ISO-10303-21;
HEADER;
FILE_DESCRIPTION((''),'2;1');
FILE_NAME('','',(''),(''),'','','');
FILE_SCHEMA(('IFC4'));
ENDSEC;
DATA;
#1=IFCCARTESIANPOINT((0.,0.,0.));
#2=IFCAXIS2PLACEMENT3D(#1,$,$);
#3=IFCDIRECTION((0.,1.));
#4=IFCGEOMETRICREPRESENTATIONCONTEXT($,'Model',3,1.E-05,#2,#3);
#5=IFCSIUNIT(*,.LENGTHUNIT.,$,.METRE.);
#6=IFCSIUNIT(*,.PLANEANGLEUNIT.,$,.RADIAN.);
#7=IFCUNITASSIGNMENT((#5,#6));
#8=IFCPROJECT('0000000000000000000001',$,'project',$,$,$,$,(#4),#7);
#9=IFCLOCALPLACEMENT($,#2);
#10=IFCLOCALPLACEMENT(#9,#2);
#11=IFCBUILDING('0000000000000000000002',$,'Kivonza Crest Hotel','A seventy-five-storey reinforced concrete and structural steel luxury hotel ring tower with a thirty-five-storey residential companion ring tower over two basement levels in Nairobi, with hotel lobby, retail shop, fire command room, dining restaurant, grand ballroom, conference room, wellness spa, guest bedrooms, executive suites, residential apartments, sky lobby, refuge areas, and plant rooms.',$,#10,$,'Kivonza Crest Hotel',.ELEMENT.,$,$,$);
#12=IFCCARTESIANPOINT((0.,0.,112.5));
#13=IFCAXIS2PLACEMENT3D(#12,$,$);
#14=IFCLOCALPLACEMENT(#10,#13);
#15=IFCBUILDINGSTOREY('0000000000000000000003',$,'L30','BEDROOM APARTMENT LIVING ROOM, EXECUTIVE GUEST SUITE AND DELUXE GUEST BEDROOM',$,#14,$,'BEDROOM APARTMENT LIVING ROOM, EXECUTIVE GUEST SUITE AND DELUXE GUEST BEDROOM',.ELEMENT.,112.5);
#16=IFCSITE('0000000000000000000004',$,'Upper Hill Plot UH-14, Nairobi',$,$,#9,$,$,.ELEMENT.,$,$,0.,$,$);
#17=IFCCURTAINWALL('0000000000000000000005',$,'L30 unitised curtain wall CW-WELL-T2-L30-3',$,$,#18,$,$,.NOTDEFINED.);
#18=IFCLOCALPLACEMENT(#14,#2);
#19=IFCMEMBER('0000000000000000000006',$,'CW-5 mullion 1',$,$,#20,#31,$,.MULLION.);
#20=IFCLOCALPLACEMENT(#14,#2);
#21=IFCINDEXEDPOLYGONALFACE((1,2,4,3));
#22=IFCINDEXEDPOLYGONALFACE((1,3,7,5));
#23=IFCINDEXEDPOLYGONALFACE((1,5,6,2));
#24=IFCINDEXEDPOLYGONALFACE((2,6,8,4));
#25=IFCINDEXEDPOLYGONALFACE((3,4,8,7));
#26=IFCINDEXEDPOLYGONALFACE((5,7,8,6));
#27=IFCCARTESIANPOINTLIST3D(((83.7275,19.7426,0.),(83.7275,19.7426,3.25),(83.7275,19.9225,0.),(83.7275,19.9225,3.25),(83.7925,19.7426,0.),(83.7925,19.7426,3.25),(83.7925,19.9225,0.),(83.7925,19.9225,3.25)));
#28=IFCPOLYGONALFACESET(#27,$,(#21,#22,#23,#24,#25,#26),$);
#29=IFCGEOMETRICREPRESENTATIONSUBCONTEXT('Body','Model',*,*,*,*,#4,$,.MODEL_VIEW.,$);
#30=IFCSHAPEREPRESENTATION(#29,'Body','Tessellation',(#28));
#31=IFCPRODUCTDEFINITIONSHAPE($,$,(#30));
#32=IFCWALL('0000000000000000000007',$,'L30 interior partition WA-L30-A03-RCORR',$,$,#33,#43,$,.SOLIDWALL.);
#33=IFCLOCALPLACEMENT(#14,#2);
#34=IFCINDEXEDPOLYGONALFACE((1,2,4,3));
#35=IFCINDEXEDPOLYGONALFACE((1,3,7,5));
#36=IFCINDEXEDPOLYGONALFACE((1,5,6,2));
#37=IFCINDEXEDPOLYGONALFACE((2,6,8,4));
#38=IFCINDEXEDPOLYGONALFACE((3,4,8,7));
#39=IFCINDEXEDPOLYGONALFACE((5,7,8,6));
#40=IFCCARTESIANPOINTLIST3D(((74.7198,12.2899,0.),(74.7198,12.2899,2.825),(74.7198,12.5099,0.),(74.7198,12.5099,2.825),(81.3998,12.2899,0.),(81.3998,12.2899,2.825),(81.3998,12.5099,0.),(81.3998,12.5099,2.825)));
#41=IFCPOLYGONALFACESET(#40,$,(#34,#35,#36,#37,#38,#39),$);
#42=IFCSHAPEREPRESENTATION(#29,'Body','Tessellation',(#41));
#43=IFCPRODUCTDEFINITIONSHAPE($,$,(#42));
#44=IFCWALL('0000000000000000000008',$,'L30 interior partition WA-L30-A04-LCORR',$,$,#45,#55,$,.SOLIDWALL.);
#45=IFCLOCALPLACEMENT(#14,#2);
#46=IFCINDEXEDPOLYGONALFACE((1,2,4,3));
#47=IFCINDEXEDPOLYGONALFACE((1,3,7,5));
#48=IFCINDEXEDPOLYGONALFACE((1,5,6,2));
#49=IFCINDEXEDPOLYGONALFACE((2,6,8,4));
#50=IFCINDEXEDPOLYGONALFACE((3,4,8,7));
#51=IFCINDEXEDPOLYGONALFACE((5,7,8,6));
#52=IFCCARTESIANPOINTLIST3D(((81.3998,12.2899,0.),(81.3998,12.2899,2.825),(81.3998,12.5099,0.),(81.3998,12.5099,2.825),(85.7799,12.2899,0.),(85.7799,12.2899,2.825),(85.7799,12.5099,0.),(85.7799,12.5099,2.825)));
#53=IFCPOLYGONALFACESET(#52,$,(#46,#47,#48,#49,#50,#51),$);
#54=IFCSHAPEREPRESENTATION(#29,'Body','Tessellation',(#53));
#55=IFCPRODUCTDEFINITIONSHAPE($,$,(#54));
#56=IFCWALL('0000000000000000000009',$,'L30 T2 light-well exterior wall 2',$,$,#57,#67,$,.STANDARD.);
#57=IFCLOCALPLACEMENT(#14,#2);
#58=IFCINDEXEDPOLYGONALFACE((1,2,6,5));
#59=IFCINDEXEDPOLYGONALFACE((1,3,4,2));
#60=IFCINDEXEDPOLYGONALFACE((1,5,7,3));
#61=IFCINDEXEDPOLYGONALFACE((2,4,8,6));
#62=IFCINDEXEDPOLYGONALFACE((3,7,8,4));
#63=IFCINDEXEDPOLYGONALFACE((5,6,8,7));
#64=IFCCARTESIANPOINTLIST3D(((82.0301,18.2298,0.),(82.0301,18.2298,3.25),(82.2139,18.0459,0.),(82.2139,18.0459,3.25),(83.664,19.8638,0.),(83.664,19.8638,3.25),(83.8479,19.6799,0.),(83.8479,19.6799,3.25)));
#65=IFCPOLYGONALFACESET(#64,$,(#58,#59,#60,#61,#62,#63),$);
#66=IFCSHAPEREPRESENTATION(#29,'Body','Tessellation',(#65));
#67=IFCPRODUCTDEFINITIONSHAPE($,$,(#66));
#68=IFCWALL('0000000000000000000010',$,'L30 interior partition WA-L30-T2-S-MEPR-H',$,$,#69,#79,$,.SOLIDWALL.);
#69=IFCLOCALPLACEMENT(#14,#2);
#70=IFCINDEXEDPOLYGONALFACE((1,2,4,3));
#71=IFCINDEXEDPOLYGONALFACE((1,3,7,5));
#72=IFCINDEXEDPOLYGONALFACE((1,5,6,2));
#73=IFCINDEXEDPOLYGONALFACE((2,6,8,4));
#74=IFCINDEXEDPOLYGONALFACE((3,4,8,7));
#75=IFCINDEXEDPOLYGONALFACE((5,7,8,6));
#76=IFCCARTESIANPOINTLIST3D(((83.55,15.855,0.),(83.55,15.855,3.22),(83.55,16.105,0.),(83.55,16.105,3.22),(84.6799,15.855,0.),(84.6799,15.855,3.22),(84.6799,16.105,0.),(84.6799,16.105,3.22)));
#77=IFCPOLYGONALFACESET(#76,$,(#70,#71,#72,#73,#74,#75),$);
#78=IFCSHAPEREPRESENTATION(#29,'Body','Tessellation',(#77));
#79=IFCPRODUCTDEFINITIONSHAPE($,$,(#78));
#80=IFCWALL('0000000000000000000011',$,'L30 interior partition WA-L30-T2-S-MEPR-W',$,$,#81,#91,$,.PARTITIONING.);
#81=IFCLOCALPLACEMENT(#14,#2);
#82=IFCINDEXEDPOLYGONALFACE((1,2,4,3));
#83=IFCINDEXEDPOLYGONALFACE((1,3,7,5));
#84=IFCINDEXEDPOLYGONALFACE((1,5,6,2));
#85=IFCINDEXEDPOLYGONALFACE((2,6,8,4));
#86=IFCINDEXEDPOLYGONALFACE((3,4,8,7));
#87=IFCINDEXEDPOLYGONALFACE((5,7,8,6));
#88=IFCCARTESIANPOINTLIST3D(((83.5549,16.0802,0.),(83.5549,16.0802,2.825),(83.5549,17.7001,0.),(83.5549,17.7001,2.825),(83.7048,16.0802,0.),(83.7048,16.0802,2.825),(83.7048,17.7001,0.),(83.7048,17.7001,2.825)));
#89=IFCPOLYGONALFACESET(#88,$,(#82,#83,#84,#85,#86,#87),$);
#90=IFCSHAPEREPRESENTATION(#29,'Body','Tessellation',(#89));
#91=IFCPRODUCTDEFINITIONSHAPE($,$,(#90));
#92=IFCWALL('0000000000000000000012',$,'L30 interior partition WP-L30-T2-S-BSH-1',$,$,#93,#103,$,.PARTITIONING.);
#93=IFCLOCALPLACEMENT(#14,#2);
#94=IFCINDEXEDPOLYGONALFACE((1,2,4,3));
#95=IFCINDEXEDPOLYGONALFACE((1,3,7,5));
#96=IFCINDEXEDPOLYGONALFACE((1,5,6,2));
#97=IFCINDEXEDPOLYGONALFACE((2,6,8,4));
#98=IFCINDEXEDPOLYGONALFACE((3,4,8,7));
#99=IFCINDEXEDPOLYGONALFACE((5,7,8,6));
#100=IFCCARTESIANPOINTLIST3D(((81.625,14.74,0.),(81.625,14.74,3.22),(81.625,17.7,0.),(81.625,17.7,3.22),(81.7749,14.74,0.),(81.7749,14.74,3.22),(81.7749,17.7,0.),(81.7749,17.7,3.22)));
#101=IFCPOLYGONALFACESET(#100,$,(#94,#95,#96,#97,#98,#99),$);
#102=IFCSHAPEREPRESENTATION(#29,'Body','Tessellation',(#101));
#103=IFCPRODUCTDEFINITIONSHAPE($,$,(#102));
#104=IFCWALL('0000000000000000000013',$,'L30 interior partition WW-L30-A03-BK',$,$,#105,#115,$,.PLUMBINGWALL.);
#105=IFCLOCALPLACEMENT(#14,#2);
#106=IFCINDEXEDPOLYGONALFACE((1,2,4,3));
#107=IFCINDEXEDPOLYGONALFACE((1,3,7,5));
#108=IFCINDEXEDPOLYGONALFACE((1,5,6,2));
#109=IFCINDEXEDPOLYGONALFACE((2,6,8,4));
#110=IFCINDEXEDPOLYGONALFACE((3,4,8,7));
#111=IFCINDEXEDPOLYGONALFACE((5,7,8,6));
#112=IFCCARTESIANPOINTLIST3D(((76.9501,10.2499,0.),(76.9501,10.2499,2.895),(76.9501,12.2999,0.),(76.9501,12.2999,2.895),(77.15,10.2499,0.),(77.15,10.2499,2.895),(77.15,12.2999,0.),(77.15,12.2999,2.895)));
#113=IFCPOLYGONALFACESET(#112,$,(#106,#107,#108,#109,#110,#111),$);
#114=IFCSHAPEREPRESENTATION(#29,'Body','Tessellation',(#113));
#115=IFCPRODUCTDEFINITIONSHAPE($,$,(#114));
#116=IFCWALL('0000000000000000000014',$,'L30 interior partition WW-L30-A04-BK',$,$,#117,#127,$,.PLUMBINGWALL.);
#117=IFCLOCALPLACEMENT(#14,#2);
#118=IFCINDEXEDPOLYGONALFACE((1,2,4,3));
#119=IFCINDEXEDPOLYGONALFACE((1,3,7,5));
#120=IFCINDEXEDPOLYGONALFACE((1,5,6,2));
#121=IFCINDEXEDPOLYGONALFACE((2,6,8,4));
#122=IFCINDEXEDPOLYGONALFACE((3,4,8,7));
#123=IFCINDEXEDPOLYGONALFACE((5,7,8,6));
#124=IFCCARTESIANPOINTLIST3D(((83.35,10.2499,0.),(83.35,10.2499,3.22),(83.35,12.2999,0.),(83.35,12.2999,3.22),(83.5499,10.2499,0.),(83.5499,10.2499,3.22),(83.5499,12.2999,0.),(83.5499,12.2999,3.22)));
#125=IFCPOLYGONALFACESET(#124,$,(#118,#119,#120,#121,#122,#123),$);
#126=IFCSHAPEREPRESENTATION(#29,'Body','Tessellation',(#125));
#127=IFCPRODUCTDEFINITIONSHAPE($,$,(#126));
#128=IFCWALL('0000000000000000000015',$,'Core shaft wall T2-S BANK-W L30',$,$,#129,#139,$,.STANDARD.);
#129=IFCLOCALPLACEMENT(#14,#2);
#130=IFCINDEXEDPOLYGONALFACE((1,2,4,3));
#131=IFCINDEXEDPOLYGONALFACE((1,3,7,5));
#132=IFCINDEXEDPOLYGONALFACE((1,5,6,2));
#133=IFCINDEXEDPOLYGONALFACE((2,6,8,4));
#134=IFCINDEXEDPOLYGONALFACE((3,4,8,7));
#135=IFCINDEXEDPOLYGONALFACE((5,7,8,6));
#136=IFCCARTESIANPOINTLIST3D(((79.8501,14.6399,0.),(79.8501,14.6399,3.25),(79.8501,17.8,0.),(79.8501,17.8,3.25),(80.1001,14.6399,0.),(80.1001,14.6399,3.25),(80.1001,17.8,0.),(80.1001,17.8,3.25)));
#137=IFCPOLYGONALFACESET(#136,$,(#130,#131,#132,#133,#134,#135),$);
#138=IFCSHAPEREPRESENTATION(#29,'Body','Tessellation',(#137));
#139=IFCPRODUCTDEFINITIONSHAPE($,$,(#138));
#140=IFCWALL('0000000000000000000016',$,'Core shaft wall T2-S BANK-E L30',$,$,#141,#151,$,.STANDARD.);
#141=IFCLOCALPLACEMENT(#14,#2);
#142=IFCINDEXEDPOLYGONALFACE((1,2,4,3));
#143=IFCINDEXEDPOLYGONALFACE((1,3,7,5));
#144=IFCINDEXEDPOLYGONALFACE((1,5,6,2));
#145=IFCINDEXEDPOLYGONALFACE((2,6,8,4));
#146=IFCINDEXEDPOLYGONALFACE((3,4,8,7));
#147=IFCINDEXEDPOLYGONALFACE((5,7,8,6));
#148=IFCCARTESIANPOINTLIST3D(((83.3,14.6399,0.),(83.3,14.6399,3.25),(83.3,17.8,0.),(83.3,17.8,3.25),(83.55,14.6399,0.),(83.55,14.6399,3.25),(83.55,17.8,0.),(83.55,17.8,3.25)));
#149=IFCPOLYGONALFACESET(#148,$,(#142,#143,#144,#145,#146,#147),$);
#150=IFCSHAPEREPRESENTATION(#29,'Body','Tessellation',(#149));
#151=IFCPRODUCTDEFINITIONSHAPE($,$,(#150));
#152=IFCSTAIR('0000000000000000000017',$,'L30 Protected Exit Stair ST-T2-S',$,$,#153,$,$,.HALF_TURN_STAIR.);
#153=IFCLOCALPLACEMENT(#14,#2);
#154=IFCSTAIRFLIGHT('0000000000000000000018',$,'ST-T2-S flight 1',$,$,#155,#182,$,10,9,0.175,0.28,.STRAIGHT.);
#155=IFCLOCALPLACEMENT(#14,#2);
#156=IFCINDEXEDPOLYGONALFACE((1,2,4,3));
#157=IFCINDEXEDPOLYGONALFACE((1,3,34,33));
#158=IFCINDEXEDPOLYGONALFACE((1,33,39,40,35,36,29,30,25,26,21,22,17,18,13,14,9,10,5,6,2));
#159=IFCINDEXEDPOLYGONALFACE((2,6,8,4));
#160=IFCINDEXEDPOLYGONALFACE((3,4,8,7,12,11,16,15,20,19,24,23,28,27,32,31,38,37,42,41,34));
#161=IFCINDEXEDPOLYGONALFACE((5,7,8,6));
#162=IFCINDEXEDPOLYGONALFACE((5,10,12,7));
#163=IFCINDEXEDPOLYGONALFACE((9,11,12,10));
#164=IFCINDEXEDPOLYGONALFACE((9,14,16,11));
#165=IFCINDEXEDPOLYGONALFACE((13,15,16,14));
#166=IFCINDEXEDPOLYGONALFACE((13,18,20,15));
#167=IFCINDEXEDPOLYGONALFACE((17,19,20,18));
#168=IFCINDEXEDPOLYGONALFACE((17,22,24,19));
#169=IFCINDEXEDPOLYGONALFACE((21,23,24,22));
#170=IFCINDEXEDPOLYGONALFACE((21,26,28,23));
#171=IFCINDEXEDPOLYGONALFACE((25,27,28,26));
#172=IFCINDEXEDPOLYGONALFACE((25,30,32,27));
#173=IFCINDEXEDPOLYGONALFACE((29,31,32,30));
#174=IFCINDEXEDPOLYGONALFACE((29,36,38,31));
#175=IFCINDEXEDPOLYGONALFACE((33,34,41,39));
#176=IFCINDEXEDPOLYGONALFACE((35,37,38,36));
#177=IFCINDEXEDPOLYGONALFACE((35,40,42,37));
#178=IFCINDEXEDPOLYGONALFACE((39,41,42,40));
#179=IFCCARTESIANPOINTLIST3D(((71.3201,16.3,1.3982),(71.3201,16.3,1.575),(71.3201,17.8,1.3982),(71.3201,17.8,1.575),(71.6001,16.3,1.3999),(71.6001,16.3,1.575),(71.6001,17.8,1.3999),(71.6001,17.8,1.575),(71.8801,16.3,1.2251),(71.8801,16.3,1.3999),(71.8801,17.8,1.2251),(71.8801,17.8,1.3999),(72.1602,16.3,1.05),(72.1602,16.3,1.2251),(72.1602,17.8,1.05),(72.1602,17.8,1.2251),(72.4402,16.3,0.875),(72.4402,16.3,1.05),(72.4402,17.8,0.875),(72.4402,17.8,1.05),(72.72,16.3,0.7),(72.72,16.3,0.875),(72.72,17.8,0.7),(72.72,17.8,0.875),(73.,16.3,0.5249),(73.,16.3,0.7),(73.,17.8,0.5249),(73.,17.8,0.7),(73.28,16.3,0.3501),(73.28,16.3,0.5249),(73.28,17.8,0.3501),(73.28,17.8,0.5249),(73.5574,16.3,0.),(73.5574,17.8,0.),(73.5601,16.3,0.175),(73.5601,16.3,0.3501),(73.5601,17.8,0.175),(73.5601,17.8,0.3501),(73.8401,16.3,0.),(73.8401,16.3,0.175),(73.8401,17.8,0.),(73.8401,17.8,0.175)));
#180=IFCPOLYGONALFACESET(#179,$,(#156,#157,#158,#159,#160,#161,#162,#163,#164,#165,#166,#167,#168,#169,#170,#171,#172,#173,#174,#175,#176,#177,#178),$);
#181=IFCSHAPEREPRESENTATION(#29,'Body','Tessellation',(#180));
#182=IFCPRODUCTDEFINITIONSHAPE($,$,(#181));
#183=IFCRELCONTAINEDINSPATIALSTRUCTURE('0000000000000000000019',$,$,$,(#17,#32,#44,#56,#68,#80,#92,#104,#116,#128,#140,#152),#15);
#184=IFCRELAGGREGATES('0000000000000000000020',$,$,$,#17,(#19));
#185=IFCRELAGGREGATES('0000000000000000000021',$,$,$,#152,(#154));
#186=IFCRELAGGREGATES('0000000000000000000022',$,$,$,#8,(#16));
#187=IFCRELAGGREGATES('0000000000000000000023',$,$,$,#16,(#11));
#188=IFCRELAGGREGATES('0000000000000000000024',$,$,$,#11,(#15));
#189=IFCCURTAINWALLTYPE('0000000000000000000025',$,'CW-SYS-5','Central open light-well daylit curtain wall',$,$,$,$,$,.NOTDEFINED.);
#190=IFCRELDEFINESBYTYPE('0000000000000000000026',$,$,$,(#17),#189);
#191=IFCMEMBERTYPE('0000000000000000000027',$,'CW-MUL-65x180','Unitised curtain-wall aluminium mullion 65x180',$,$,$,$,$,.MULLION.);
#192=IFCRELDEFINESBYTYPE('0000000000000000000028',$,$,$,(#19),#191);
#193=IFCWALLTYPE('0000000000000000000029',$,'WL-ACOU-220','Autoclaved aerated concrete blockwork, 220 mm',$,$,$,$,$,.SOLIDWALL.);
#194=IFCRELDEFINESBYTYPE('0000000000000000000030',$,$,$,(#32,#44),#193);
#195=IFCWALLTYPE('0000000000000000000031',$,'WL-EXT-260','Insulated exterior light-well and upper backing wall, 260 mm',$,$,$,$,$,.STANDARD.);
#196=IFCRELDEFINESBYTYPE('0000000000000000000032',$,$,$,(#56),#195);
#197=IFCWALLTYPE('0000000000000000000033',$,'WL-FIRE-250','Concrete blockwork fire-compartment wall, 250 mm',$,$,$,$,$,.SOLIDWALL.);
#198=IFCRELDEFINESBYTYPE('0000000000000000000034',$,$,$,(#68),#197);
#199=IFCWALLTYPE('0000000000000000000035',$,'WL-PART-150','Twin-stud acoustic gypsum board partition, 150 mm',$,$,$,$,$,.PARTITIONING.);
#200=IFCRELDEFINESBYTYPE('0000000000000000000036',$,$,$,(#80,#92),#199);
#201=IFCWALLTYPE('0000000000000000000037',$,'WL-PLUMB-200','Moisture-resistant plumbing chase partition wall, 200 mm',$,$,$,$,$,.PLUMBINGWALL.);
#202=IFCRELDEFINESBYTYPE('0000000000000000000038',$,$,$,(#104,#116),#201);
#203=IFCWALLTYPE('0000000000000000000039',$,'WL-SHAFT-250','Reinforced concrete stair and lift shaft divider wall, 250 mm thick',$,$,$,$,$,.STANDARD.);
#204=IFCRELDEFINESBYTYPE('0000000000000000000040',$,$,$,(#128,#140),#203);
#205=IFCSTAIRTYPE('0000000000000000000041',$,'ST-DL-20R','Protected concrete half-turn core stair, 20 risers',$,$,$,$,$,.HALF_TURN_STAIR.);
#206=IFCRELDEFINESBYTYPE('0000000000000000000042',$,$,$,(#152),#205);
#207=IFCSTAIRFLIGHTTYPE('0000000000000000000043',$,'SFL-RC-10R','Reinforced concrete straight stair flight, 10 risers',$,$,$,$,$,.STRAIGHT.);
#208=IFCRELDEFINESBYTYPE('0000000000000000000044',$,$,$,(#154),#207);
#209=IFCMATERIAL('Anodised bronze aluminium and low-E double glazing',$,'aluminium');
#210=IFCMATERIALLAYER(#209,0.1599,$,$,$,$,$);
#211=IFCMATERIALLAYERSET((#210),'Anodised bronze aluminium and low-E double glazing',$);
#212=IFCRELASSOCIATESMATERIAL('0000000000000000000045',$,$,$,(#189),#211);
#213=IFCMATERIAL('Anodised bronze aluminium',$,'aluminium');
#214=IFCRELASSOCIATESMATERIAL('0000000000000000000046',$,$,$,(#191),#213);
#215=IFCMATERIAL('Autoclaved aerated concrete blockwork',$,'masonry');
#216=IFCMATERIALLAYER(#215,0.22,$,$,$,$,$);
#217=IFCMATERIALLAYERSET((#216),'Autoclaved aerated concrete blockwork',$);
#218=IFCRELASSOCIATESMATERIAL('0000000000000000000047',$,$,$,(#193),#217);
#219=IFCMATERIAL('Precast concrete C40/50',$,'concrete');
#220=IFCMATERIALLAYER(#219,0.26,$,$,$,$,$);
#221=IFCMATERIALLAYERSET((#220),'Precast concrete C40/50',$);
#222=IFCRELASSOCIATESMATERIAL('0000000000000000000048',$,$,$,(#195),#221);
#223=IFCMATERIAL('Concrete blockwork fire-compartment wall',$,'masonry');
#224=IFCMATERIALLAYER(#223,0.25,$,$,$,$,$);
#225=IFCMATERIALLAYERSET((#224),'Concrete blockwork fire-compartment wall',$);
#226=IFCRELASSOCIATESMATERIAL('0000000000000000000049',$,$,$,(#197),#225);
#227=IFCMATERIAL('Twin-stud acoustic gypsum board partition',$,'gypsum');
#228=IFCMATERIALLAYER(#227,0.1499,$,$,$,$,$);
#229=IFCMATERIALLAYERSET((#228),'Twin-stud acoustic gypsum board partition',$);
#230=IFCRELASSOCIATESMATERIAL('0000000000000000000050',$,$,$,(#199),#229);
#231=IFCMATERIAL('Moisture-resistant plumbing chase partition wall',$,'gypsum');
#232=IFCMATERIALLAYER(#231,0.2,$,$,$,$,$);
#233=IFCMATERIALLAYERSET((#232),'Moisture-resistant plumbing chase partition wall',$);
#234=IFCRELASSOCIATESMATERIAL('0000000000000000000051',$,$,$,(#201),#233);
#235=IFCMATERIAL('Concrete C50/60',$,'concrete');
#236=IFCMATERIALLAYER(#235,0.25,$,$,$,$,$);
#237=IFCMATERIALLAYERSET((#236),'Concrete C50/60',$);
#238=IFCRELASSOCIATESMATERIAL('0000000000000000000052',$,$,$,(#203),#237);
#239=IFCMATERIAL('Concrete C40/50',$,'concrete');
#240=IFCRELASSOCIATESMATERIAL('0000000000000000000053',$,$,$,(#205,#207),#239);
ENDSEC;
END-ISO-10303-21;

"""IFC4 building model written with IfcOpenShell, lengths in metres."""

from ifc_helpers import new_model, si_unit, direction, frame, frame_2d, origin, origin_2d, place, context, subcontext, project, spatial, polyline, rectangle, outline, extrude, material, layer, layer_set, material_profile, profile_set, type_object, element, aggregate, save


model = new_model("IFC4")

# Units and contexts
model_context = context("Model", 3, precision=1e-05, world=origin(), true_north=direction((0.0, 1.0)))
body_context = subcontext(model_context, "Body", "Model", "MODEL_VIEW")
ifc_project = project(units=[si_unit("LENGTHUNIT", "METRE"), si_unit("PLANEANGLEUNIT", "RADIAN")], contexts=[model_context])

# Site, building, storey
site_placement = place(None, origin())
site = spatial("IfcSite", under=ifc_project, at=site_placement, Name="Upper Hill Plot UH-14, Nairobi", CompositionType="ELEMENT", RefElevation=0.0)
building_placement = place(site_placement, origin())
building = spatial("IfcBuilding", under=site, at=building_placement, Name="Kivonza Crest Hotel", Description="A seventy-five-storey reinforced concrete and structural steel luxury hotel ring tower with a thirty-five-storey residential companion ring tower over two basement levels in Nairobi, with hotel lobby, retail shop, fire command room, dining restaurant, grand ballroom, conference room, wellness spa, guest bedrooms, executive suites, residential apartments, sky lobby, refuge areas, and plant rooms.", LongName="Kivonza Crest Hotel", CompositionType="ELEMENT")
storey_placement = place(building_placement, frame((0.0, 0.0, 112.5)))
storey = spatial("IfcBuildingStorey", under=building, at=storey_placement, Name="L30", Description="BEDROOM APARTMENT LIVING ROOM, EXECUTIVE GUEST SUITE AND DELUXE GUEST BEDROOM", LongName="BEDROOM APARTMENT LIVING ROOM, EXECUTIVE GUEST SUITE AND DELUXE GUEST BEDROOM", CompositionType="ELEMENT", Elevation=112.5)

# Curtain wall, member
ifc_material_1 = material(Name="Anodised bronze aluminium and low-E double glazing", Category="aluminium")
ifc_layer_1 = layer(ifc_material_1, 0.1599)
ifc_layer_set_1 = layer_set([ifc_layer_1], Name="Anodised bronze aluminium and low-E double glazing")
curtain_wall_type = type_object("IfcCurtainWallType", Name="CW-SYS-5", Description="Central open light-well daylit curtain wall", PredefinedType="NOTDEFINED", material=ifc_layer_set_1)
curtain_wall_placement = place(storey_placement, origin())
curtain_wall = element("IfcCurtainWall", 1, at=curtain_wall_placement, inside=storey, type_object=curtain_wall_type, Name="L30 unitised curtain wall CW-WELL-T2-L30-3", PredefinedType="NOTDEFINED")
ifc_material_2 = material(Name="Anodised bronze aluminium", Category="aluminium")
ifc_material_profile = material_profile(ifc_material_2, rectangle(XDim=0.0649, YDim=0.1799, at=origin_2d()), Name="CW-M 65x180")
ifc_profile_set = profile_set([ifc_material_profile], Name="Anodised bronze aluminium")
member_type = type_object("IfcMemberType", Name="CW-MUL-65x180", Description="Unitised curtain-wall aluminium mullion 65x180", PredefinedType="MULLION", material=ifc_profile_set)
member_placement = place(storey_placement, frame((83.76, 19.8325, 0.0), z_axis=(0.0, 0.0, 1.0), x_axis=(-1.0, 0.0, 0.0)))
member = element("IfcMember", 2, at=member_placement, type_object=member_type, Name="CW-5 mullion 1", PredefinedType="MULLION", context=body_context, shape_type="SweptSolid", body=[
    extrude(rectangle(XDim=0.0649, YDim=0.1799, at=origin_2d()), origin(), (0.0, 0.0, 1.0), 3.25),
])
aggregate(curtain_wall, [member])

# Walls
ifc_material_3 = material(Name="Autoclaved aerated concrete blockwork", Category="masonry")
ifc_layer_2 = layer(ifc_material_3, 0.22)
ifc_layer_set_2 = layer_set([ifc_layer_2], Name="Autoclaved aerated concrete blockwork")
wall_type_1 = type_object("IfcWallType", Name="WL-ACOU-220", Description="Autoclaved aerated concrete blockwork, 220 mm", PredefinedType="SOLIDWALL", material=ifc_layer_set_2)
wall_1_placement = place(storey_placement, frame((74.72, 12.3999, 0.0), z_axis=(0.0, 0.0, 1.0), x_axis=(1.0, 0.0, 0.0)))
element("IfcWall", 3, at=wall_1_placement, inside=storey, type_object=wall_type_1, Name="L30 interior partition WA-L30-A03-RCORR", PredefinedType="SOLIDWALL", context=body_context, shape_type="SweptSolid", body=[
    extrude(rectangle(XDim=6.6799, YDim=0.22, at=frame_2d((3.3398, 0.0))), origin(), (0.0, 0.0, 1.0), 2.825),
])
wall_2_placement = place(storey_placement, frame((81.3999, 12.3999, 0.0), z_axis=(0.0, 0.0, 1.0), x_axis=(1.0, 0.0, 0.0)))
element("IfcWall", 4, at=wall_2_placement, inside=storey, type_object=wall_type_1, Name="L30 interior partition WA-L30-A04-LCORR", PredefinedType="SOLIDWALL", context=body_context, shape_type="SweptSolid", body=[
    extrude(rectangle(XDim=4.3801, YDim=0.22, at=frame_2d((2.1899, 0.0))), origin(), (0.0, 0.0, 1.0), 2.825),
])
ifc_material_4 = material(Name="Precast concrete C40/50", Category="concrete")
ifc_layer_3 = layer(ifc_material_4, 0.26)
ifc_layer_set_3 = layer_set([ifc_layer_3], Name="Precast concrete C40/50")
wall_type_2 = type_object("IfcWallType", Name="WL-EXT-260", Description="Insulated exterior light-well and upper backing wall, 260 mm", PredefinedType="STANDARD", material=ifc_layer_set_3)
wall_3_placement = place(storey_placement, frame((82.1221, 18.1379, 0.0), z_axis=(0.0, 0.0, 1.0), x_axis=(0.707107, 0.707107, 0.0)))
element("IfcWall", 5, at=wall_3_placement, inside=storey, type_object=wall_type_2, Name="L30 T2 light-well exterior wall 2", PredefinedType="STANDARD", context=body_context, shape_type="SweptSolid", body=[
    extrude(rectangle(XDim=2.3108, YDim=0.26, at=frame_2d((1.1553, 0.0))), origin(), (0.0, 0.0, 1.0), 3.25),
])
ifc_material_5 = material(Name="Concrete blockwork fire-compartment wall", Category="masonry")
ifc_layer_4 = layer(ifc_material_5, 0.25)
ifc_layer_set_4 = layer_set([ifc_layer_4], Name="Concrete blockwork fire-compartment wall")
wall_type_3 = type_object("IfcWallType", Name="WL-FIRE-250", Description="Concrete blockwork fire-compartment wall, 250 mm", PredefinedType="SOLIDWALL", material=ifc_layer_set_4)
wall_4_placement = place(storey_placement, frame((83.55, 15.98, 0.0), z_axis=(0.0, 0.0, 1.0), x_axis=(1.0, 0.0, 0.0)))
element("IfcWall", 6, at=wall_4_placement, inside=storey, type_object=wall_type_3, Name="L30 interior partition WA-L30-T2-S-MEPR-H", PredefinedType="SOLIDWALL", context=body_context, shape_type="SweptSolid", body=[
    extrude(rectangle(XDim=1.1299, YDim=0.25, at=frame_2d((0.5649, 0.0))), origin(), (0.0, 0.0, 1.0), 3.22),
])
ifc_material_6 = material(Name="Twin-stud acoustic gypsum board partition", Category="gypsum")
ifc_layer_5 = layer(ifc_material_6, 0.1499)
ifc_layer_set_5 = layer_set([ifc_layer_5], Name="Twin-stud acoustic gypsum board partition")
wall_type_4 = type_object("IfcWallType", Name="WL-PART-150", Description="Twin-stud acoustic gypsum board partition, 150 mm", PredefinedType="PARTITIONING", material=ifc_layer_set_5)
wall_5_placement = place(storey_placement, frame((83.6299, 16.0801, 0.0), z_axis=(0.0, 0.0, 1.0), x_axis=(0.0, 1.0, 0.0)))
element("IfcWall", 7, at=wall_5_placement, inside=storey, type_object=wall_type_4, Name="L30 interior partition WA-L30-T2-S-MEPR-W", PredefinedType="PARTITIONING", context=body_context, shape_type="SweptSolid", body=[
    extrude(rectangle(XDim=1.6199, YDim=0.1499, at=frame_2d((0.8101, 0.0))), origin(), (0.0, 0.0, 1.0), 2.825),
])
wall_6_placement = place(storey_placement, frame((81.7, 14.74, 0.0), z_axis=(0.0, 0.0, 1.0), x_axis=(0.0, 1.0, 0.0)))
element("IfcWall", 8, at=wall_6_placement, inside=storey, type_object=wall_type_4, Name="L30 interior partition WP-L30-T2-S-BSH-1", PredefinedType="PARTITIONING", context=body_context, shape_type="SweptSolid", body=[
    extrude(rectangle(XDim=2.96, YDim=0.1499, at=frame_2d((1.48, 0.0))), origin(), (0.0, 0.0, 1.0), 3.22),
])
ifc_material_7 = material(Name="Moisture-resistant plumbing chase partition wall", Category="gypsum")
ifc_layer_6 = layer(ifc_material_7, 0.2)
ifc_layer_set_6 = layer_set([ifc_layer_6], Name="Moisture-resistant plumbing chase partition wall")
wall_type_5 = type_object("IfcWallType", Name="WL-PLUMB-200", Description="Moisture-resistant plumbing chase partition wall, 200 mm", PredefinedType="PLUMBINGWALL", material=ifc_layer_set_6)
wall_7_placement = place(storey_placement, frame((77.05, 10.25, 0.0), z_axis=(0.0, 0.0, 1.0), x_axis=(0.0, 1.0, 0.0)))
element("IfcWall", 9, at=wall_7_placement, inside=storey, type_object=wall_type_5, Name="L30 interior partition WW-L30-A03-BK", PredefinedType="PLUMBINGWALL", context=body_context, shape_type="SweptSolid", body=[
    extrude(rectangle(XDim=2.05, YDim=0.2, at=frame_2d((1.0249, 0.0))), origin(), (0.0, 0.0, 1.0), 2.895),
])
wall_8_placement = place(storey_placement, frame((83.45, 10.25, 0.0), z_axis=(0.0, 0.0, 1.0), x_axis=(0.0, 1.0, 0.0)))
element("IfcWall", 10, at=wall_8_placement, inside=storey, type_object=wall_type_5, Name="L30 interior partition WW-L30-A04-BK", PredefinedType="PLUMBINGWALL", context=body_context, shape_type="SweptSolid", body=[
    extrude(rectangle(XDim=2.05, YDim=0.2, at=frame_2d((1.0249, 0.0))), origin(), (0.0, 0.0, 1.0), 3.22),
])

# Shared definitions
ifc_material_8 = material(Name="Concrete C50/60", Category="concrete")
ifc_layer_7 = layer(ifc_material_8, 0.25)
ifc_layer_set_7 = layer_set([ifc_layer_7], Name="Concrete C50/60")
wall_type_6 = type_object("IfcWallType", Name="WL-SHAFT-250", Description="Reinforced concrete stair and lift shaft divider wall, 250 mm thick", PredefinedType="STANDARD", material=ifc_layer_set_7)

# Walls
for number, where, z_axis, x_axis, name in (
    (11, (79.9751, 14.6399, 0.0), (0.0, 0.0, 1.0), (0.0, 1.0, 0.0), "Core shaft wall T2-S BANK-W L30"),
    (12, (83.425, 14.6399, 0.0), (0.0, 0.0, 1.0), (0.0, 1.0, 0.0), "Core shaft wall T2-S BANK-E L30"),
):
    element("IfcWall", number, at=place(storey_placement, frame(where, z_axis=z_axis, x_axis=x_axis)), inside=storey, type_object=wall_type_6, Name=name, PredefinedType="STANDARD", context=body_context, shape_type="SweptSolid", body=[
        extrude(rectangle(XDim=3.1602, YDim=0.25, at=frame_2d((1.5801, 0.0))), origin(), (0.0, 0.0, 1.0), 3.25),
    ])

# Stair, stair flight
ifc_material_9 = material(Name="Concrete C40/50", Category="concrete")
stair_type = type_object("IfcStairType", Name="ST-DL-20R", Description="Protected concrete half-turn core stair, 20 risers", PredefinedType="HALF_TURN_STAIR", material=ifc_material_9)
stair_placement = place(storey_placement, origin())
stair = element("IfcStair", 13, at=stair_placement, inside=storey, type_object=stair_type, Name="L30 Protected Exit Stair ST-T2-S", PredefinedType="HALF_TURN_STAIR")
stair_flight_type = type_object("IfcStairFlightType", Name="SFL-RC-10R", Description="Reinforced concrete straight stair flight, 10 risers", PredefinedType="STRAIGHT", material=ifc_material_9)
stair_flight_placement = place(storey_placement, frame((73.8401, 17.05, 0.0), z_axis=(0.0, 0.0, 1.0), x_axis=(-1.0, 0.0, 0.0)))
stair_flight = element("IfcStairFlight", 14, at=stair_flight_placement, type_object=stair_flight_type, Name="ST-T2-S flight 1", NumberOfRisers=10, NumberOfTreads=9, PredefinedType="STRAIGHT", RiserHeight=0.175, TreadLength=0.28, context=body_context, shape_type="SweptSolid", body=[
    extrude(outline(polyline([(0.0, 0.0), (0.0, 0.175), (0.28, 0.175), (0.28, 0.3501), (0.5601, 0.3501), (0.5601, 0.5249), (0.8401, 0.5249), (0.8401, 0.7), (1.1201, 0.7), (1.1201, 0.875), (1.3999, 0.875), (1.3999, 1.05), (1.6799, 1.05), (1.6799, 1.2251), (1.96, 1.2251), (1.96, 1.3999), (2.24, 1.3999), (2.24, 1.575), (2.52, 1.575), (2.52, 1.75), (2.52, 1.3982), (0.2827, 0.0), (0.0, 0.0)])), frame((0.0, 0.75, 0.0), z_axis=(0.0, -1.0, 0.0), x_axis=(1.0, 0.0, 0.0)), (0.0, 0.0, 1.0), 1.5),
])
aggregate(stair, [stair_flight])

save(model, "model.ifc")
